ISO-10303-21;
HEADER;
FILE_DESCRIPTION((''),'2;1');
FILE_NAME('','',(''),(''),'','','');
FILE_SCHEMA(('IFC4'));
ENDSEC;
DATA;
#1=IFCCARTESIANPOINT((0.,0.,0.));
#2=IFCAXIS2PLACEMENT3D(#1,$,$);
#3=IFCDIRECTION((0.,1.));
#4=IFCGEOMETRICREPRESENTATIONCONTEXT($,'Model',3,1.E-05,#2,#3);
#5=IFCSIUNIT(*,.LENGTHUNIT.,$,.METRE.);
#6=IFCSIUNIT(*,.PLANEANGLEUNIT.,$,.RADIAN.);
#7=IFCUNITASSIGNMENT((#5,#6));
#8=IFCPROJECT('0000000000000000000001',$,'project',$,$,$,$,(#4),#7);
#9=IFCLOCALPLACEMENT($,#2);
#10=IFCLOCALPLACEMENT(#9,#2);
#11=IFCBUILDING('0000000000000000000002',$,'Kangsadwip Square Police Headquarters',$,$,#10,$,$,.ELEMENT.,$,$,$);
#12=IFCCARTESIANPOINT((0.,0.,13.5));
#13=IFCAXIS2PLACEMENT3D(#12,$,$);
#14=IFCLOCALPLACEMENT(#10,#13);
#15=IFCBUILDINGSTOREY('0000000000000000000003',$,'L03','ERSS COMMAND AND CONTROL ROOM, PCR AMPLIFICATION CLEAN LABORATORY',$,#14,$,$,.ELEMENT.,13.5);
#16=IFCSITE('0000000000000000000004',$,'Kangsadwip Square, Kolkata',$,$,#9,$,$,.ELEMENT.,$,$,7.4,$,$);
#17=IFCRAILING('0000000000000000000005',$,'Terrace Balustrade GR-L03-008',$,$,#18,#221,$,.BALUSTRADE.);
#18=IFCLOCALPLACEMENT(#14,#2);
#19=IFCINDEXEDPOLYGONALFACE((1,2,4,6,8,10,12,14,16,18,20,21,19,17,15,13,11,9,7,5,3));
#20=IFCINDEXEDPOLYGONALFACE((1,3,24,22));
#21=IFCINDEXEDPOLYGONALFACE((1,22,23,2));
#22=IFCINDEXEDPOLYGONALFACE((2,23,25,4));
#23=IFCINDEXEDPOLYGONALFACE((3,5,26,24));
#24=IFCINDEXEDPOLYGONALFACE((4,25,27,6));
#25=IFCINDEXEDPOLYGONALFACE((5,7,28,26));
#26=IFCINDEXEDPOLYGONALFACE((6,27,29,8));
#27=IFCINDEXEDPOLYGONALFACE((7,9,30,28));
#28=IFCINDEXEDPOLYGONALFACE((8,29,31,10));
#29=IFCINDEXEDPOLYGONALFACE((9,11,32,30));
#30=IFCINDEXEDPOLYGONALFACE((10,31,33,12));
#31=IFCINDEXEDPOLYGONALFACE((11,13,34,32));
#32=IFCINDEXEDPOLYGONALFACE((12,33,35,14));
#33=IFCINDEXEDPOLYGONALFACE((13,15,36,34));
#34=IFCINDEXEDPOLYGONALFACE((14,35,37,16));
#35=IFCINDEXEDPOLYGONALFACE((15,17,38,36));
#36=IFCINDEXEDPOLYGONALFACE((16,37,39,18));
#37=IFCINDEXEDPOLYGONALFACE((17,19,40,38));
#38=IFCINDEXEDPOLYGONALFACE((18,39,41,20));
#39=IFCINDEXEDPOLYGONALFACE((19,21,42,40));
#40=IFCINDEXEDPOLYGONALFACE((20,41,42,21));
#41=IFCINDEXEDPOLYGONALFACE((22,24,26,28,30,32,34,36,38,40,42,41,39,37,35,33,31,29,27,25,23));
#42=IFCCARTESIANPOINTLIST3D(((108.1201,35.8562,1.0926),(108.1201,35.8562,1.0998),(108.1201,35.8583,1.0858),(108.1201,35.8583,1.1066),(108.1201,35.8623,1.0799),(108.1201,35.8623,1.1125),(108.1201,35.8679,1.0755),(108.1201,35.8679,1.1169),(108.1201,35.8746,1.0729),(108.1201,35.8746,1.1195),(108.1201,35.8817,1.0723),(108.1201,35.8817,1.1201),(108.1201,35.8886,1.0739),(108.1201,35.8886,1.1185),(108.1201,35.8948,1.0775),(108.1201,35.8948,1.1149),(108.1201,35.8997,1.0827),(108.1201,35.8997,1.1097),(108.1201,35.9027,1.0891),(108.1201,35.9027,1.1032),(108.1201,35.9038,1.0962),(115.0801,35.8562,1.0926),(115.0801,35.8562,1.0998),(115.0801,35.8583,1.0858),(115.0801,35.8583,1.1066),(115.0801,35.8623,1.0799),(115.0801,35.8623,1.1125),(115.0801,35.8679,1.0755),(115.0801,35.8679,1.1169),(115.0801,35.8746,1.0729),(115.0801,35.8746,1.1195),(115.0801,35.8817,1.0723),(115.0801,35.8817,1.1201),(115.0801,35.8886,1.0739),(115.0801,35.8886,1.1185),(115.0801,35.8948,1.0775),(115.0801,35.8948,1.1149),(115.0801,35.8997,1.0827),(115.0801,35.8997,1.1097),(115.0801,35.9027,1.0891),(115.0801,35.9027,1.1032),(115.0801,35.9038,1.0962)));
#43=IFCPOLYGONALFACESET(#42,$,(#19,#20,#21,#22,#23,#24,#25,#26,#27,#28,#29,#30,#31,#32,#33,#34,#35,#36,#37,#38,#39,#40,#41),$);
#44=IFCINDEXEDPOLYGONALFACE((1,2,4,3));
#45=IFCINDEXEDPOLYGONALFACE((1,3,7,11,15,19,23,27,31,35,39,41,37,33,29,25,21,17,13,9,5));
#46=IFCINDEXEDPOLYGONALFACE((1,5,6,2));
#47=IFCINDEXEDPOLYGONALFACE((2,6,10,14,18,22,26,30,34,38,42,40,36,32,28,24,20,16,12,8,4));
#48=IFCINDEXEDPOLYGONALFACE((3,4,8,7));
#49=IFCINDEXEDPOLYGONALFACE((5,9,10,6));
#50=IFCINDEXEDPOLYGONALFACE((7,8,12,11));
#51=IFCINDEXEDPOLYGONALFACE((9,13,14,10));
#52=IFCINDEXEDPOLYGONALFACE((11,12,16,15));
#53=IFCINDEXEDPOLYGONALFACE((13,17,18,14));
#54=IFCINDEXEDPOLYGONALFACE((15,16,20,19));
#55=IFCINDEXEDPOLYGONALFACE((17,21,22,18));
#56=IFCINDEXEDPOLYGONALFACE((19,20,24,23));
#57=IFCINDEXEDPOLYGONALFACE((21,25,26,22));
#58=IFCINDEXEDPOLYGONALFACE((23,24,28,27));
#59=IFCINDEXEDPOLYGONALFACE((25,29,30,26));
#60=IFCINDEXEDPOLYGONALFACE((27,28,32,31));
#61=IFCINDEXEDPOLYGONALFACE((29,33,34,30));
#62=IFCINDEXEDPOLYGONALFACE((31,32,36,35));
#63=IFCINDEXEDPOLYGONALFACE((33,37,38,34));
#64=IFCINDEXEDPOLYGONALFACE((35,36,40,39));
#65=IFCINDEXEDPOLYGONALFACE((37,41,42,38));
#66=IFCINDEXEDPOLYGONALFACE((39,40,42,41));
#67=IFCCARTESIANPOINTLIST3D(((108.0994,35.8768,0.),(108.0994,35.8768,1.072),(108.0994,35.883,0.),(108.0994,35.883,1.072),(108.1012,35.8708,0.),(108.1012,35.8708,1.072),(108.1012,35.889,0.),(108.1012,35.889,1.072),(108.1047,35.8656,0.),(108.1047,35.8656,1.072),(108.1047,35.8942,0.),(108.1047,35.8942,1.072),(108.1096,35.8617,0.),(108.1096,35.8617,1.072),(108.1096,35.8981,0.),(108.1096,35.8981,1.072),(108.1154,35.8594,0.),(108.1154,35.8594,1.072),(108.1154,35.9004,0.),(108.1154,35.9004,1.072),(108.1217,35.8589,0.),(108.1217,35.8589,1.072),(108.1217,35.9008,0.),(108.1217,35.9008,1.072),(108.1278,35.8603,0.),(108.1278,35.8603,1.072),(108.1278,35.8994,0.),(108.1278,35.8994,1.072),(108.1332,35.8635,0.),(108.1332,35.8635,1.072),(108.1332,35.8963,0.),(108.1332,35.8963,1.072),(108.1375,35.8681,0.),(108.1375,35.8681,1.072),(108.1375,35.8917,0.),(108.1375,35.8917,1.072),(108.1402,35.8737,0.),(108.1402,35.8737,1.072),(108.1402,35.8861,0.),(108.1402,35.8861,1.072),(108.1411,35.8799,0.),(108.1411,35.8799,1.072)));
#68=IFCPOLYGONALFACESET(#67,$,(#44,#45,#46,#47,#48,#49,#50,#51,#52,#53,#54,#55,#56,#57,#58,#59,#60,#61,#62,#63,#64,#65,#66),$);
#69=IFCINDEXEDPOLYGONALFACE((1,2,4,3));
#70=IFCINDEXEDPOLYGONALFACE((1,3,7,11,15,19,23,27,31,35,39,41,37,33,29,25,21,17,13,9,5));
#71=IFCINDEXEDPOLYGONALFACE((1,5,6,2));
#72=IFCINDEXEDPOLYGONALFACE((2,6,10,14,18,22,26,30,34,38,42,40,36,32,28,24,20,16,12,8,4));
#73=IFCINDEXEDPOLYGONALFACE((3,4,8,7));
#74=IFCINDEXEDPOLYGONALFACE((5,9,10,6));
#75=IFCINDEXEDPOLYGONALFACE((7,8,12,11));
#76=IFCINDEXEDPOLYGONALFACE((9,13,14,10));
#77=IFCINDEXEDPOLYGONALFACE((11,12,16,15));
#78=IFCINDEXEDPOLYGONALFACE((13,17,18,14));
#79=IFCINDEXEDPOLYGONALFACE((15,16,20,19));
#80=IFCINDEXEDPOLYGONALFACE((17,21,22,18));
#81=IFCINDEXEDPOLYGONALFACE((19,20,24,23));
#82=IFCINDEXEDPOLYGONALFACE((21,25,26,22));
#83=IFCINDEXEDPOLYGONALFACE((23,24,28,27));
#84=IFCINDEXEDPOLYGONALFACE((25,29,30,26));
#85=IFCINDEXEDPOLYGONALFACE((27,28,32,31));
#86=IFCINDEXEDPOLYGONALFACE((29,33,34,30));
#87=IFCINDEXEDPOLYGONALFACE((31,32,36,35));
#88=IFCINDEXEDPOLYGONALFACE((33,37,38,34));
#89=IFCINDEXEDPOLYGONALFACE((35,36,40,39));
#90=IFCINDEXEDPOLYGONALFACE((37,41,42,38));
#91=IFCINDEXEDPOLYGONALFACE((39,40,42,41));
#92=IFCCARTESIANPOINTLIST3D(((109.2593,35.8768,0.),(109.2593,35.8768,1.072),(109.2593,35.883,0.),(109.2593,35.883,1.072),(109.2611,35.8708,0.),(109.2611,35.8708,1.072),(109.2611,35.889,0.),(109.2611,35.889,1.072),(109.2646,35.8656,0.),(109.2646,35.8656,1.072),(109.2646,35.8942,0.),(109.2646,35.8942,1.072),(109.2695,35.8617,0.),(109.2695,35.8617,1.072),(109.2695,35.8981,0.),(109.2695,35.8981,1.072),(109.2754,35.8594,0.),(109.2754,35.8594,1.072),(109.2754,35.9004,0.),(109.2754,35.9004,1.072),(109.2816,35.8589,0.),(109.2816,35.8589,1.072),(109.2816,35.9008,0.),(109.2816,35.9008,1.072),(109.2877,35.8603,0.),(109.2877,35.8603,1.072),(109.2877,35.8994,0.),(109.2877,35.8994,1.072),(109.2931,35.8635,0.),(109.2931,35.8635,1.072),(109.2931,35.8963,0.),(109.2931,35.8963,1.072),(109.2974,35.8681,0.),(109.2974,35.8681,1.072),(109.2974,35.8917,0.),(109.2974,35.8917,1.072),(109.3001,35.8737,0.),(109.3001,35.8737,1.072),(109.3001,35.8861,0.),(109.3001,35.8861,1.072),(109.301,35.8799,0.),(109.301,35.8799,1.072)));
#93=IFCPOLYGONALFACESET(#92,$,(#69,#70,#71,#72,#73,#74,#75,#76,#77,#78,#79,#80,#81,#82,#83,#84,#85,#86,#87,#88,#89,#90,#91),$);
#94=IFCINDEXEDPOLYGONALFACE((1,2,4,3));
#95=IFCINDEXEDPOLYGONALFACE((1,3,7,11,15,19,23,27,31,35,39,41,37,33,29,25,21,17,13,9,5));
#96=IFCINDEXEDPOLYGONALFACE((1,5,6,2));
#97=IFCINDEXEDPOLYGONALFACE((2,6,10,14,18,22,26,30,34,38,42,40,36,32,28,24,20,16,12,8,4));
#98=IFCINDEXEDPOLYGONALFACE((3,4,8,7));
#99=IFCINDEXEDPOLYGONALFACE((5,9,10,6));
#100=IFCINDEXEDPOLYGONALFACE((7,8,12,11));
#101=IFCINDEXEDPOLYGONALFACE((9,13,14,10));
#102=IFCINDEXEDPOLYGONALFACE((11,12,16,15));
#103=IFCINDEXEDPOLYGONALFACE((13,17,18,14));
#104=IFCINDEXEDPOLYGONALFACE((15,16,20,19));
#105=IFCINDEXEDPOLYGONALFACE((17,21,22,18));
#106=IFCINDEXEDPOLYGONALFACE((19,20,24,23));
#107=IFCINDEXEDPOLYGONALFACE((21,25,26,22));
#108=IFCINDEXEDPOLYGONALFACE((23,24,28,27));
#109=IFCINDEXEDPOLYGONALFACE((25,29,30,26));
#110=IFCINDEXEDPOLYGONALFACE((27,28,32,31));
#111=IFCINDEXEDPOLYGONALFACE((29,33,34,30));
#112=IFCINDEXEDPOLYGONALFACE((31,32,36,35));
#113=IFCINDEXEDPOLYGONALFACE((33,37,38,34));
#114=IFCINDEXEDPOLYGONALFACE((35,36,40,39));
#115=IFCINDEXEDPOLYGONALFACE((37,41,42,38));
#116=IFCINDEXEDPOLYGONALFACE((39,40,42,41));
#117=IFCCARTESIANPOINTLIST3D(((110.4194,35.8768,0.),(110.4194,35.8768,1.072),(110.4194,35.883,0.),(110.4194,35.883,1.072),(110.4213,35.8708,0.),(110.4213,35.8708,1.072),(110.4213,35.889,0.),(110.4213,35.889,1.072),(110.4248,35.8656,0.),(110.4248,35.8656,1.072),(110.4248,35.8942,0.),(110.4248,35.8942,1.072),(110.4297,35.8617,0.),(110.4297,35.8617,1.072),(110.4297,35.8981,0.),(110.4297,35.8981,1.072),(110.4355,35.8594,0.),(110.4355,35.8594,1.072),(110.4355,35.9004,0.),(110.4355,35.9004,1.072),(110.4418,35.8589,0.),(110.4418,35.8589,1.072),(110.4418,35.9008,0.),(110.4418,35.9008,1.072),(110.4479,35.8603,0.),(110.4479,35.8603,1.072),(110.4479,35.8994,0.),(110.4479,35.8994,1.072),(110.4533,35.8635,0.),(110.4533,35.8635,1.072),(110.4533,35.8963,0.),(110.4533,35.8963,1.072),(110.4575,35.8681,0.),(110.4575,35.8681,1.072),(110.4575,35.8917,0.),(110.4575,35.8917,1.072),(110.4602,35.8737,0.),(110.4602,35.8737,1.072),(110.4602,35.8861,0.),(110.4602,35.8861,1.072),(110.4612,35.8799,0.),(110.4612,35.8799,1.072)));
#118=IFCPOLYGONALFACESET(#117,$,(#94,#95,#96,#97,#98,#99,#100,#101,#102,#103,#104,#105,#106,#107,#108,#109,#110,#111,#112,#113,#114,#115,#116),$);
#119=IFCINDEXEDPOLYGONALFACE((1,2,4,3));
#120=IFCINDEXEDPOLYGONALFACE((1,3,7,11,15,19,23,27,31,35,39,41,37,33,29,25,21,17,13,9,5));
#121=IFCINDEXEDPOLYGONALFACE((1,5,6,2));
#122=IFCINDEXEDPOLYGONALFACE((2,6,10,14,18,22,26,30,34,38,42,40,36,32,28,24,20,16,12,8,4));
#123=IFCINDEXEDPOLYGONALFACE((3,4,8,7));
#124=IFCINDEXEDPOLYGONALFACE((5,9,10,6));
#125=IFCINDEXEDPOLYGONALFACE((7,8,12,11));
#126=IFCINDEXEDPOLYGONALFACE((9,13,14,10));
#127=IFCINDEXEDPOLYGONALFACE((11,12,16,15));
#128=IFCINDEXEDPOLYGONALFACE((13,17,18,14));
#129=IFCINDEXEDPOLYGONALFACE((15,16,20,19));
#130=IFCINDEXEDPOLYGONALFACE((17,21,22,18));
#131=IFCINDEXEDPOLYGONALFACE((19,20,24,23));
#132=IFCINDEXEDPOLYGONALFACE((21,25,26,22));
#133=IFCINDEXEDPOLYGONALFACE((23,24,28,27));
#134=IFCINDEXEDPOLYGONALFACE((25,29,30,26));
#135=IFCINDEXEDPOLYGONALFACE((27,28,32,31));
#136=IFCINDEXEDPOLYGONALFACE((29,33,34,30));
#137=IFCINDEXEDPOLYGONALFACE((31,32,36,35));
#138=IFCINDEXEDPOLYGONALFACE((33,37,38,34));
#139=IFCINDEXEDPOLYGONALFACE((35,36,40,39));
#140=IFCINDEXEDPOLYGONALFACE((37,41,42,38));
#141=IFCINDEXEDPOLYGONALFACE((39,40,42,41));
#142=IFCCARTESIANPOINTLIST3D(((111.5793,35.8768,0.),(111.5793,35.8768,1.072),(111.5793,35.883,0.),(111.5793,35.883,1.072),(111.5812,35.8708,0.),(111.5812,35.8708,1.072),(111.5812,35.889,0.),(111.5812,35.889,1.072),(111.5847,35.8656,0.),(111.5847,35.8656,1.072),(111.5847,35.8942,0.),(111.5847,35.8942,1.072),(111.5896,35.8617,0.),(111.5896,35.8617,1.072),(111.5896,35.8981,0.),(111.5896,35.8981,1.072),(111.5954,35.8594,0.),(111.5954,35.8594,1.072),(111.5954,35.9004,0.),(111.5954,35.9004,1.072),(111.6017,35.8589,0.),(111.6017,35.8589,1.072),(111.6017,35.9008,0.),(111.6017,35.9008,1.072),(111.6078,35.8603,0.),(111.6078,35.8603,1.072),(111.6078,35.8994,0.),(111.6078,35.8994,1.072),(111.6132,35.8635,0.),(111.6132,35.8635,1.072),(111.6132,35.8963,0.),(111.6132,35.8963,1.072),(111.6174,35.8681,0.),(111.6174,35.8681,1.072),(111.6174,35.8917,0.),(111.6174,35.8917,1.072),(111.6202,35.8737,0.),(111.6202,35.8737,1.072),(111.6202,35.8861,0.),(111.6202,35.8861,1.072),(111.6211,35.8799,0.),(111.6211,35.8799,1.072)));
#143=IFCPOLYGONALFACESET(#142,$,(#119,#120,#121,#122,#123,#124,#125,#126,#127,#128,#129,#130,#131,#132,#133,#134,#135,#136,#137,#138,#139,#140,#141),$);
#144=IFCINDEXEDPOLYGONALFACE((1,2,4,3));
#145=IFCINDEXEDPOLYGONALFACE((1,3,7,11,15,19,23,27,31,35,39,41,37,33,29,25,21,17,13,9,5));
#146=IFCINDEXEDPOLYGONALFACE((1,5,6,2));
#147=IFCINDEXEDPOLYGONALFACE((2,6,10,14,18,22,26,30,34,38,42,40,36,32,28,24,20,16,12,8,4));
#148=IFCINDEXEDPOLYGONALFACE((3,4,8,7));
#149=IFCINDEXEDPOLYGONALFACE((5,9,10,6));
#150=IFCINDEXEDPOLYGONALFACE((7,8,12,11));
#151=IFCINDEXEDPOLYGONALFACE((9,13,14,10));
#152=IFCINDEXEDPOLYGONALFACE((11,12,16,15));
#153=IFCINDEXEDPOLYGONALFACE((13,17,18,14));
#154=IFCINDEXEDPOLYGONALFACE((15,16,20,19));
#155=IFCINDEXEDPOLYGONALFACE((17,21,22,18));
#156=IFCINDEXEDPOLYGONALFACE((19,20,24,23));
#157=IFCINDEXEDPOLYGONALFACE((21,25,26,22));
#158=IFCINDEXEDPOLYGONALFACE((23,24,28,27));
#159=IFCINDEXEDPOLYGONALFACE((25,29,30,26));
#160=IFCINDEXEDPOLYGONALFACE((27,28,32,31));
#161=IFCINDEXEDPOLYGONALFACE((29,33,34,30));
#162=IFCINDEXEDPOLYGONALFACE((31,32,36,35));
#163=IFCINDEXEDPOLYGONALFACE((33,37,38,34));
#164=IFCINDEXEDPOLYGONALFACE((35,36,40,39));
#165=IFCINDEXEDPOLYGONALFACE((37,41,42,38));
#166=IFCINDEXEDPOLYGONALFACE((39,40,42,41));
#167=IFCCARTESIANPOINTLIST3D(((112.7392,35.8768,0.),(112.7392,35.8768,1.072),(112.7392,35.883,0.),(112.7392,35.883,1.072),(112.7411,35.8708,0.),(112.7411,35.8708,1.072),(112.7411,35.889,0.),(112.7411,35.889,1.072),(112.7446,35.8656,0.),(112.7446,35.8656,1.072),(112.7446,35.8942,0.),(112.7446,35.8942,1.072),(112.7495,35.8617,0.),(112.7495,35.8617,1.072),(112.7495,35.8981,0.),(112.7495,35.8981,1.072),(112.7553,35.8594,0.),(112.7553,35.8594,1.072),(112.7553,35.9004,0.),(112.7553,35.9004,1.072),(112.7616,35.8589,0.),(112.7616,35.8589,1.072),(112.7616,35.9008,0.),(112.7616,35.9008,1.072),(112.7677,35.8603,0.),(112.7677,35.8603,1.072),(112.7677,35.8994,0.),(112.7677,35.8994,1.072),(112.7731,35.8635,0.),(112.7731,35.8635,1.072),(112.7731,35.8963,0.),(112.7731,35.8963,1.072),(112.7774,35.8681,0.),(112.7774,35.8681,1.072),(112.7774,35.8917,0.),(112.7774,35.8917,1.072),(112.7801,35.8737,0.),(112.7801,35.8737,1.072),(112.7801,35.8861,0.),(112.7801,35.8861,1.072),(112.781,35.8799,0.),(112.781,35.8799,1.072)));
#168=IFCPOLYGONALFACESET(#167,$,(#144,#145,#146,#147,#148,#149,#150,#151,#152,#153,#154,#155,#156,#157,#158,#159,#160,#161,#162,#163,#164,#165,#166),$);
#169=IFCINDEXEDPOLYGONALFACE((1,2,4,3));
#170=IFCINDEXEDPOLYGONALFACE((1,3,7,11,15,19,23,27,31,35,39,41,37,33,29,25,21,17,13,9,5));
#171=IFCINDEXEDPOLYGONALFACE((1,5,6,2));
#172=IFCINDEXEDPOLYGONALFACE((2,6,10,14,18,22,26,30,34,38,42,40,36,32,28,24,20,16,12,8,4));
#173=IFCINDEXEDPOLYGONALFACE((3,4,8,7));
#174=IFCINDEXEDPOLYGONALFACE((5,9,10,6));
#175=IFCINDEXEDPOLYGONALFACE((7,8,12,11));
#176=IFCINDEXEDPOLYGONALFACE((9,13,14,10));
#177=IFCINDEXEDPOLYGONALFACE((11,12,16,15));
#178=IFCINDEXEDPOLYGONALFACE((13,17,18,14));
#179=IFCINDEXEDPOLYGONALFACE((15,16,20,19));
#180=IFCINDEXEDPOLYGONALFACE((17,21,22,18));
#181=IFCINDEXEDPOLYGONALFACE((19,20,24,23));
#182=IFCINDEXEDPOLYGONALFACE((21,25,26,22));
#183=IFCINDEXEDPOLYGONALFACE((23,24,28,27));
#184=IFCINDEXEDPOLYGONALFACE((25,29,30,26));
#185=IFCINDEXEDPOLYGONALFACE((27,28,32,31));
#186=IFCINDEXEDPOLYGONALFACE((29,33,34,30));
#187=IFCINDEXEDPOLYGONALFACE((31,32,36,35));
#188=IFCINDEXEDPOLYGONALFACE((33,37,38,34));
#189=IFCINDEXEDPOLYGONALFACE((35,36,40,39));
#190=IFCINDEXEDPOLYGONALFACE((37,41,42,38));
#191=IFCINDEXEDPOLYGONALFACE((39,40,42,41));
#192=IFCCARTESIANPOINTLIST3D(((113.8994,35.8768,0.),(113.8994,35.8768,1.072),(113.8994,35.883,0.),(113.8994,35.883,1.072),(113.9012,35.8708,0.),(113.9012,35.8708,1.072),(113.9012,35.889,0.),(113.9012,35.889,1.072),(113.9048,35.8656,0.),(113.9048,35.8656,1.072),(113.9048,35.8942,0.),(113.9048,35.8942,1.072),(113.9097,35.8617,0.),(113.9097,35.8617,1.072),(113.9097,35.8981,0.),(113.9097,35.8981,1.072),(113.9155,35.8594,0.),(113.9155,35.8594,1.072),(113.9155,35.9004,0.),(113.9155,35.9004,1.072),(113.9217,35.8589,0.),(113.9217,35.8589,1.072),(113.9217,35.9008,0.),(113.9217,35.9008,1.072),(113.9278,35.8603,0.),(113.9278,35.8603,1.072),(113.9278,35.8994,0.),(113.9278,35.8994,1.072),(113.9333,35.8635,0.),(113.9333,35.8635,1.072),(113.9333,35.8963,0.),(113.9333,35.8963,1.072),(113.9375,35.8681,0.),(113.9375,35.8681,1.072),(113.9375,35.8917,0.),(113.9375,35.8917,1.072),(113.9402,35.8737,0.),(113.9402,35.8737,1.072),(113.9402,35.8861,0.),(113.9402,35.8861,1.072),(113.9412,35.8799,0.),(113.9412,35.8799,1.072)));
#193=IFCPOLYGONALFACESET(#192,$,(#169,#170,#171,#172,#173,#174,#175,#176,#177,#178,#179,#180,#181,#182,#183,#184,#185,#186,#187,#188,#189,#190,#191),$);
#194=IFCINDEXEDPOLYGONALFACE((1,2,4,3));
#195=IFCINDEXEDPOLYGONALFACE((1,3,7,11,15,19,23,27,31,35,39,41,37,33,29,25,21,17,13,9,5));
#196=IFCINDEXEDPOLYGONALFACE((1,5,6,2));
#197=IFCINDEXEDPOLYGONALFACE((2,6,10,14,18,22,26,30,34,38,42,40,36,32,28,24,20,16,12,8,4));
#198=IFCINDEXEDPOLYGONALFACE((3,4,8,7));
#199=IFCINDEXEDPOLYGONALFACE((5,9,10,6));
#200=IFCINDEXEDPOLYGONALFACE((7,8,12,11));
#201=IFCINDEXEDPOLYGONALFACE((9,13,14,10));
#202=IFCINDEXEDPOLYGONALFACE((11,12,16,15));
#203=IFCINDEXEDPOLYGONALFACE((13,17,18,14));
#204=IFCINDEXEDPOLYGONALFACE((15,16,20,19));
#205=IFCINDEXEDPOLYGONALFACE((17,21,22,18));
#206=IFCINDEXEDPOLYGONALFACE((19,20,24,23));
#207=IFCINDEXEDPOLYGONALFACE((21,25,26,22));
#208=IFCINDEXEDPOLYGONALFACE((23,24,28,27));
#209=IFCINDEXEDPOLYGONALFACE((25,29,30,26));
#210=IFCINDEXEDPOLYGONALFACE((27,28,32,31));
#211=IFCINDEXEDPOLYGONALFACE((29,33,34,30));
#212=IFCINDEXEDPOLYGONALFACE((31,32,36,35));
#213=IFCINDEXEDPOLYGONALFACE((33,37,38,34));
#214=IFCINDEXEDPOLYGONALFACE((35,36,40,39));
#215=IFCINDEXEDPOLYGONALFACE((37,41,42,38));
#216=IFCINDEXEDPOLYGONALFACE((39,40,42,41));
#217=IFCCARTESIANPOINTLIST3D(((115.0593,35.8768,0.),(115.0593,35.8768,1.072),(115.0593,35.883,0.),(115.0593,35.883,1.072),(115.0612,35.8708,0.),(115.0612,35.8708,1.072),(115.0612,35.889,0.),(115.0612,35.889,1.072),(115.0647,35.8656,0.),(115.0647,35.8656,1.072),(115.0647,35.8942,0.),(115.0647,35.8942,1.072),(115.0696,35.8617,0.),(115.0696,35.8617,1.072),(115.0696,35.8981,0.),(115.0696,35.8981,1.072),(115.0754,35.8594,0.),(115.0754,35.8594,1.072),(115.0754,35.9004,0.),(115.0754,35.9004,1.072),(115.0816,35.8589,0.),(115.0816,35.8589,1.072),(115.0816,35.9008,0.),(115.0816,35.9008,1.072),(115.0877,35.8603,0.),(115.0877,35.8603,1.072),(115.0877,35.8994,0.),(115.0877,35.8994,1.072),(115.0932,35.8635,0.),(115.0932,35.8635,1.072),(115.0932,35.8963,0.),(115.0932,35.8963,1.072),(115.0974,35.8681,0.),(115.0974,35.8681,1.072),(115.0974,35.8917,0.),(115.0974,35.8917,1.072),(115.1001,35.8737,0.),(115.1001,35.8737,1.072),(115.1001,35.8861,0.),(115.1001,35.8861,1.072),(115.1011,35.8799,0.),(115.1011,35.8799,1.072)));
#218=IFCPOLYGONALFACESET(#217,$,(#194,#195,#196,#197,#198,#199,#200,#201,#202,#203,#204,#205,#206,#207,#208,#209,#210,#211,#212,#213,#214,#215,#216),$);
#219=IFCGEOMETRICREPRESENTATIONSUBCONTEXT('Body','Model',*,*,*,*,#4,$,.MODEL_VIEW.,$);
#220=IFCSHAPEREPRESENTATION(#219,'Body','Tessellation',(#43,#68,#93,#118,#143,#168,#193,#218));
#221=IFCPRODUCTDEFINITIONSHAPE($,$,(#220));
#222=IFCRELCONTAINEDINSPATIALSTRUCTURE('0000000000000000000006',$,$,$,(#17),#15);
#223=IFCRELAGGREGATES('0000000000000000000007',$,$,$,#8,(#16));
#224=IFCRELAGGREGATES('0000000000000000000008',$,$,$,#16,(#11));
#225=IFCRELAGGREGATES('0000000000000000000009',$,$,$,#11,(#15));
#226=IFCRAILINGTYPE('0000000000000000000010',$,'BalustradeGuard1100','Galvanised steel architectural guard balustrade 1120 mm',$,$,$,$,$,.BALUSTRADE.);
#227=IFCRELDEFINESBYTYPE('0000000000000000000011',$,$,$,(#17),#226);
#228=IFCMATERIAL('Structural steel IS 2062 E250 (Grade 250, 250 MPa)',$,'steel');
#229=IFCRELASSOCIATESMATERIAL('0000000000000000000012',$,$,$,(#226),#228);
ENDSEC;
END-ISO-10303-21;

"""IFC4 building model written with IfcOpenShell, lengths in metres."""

from ifc_helpers import new_model, si_unit, direction, frame, origin, origin_2d, place, context, subcontext, project, spatial, circle, extrude, material, type_object, element, save


model = new_model("IFC4")

# Units and contexts
model_context = context("Model", 3, precision=1e-05, world=origin(), true_north=direction((0.0, 1.0)))
body_context = subcontext(model_context, "Body", "Model", "MODEL_VIEW")
ifc_project = project(units=[si_unit("LENGTHUNIT", "METRE"), si_unit("PLANEANGLEUNIT", "RADIAN")], contexts=[model_context])

# Site, building, storey
site_placement = place(None, origin())
site = spatial("IfcSite", under=ifc_project, at=site_placement, Name="Kangsadwip Square, Kolkata", CompositionType="ELEMENT", RefElevation=7.4)
building_placement = place(site_placement, origin())
building = spatial("IfcBuilding", under=site, at=building_placement, Name="Kangsadwip Square Police Headquarters", CompositionType="ELEMENT")
storey_placement = place(building_placement, frame((0.0, 0.0, 13.5)))
storey = spatial("IfcBuildingStorey", under=building, at=storey_placement, Name="L03", Description="ERSS COMMAND AND CONTROL ROOM, PCR AMPLIFICATION CLEAN LABORATORY", CompositionType="ELEMENT", Elevation=13.5)

# Railing
ifc_material_1 = material(Name="Structural steel IS 2062 E250 (Grade 250, 250 MPa)", Category="steel")
railing_type = type_object("IfcRailingType", Name="BalustradeGuard1100", Description="Galvanised steel architectural guard balustrade 1120 mm", PredefinedType="BALUSTRADE", material=ifc_material_1)
for number, where, name in (
    (1, (108.1201, 35.8799, 0.0), "Terrace Balustrade GR-L03-008"),
):
    element("IfcRailing", number, at=place(storey_placement, frame(where)), inside=storey, type_object=railing_type, Name=name, PredefinedType="BALUSTRADE", context=body_context, shape_type="SweptSolid", body=[
        extrude(circle(Radius=0.0239, at=origin_2d()), frame((0.0, 0.0, 1.0962), z_axis=(1.0, 0.0, 0.0), x_axis=(0.0, 1.0, 0.0)), (0.0, 0.0, 1.0), 6.96),
        extrude(circle(Radius=0.021, at=origin_2d()), origin(), (0.0, 0.0, 1.0), 1.072),
        extrude(circle(Radius=0.021, at=origin_2d()), frame((1.1599, 0.0, 0.0)), (0.0, 0.0, 1.0), 1.072),
        extrude(circle(Radius=0.021, at=origin_2d()), frame((2.3201, 0.0, 0.0)), (0.0, 0.0, 1.0), 1.072),
        extrude(circle(Radius=0.021, at=origin_2d()), frame((3.48, 0.0, 0.0)), (0.0, 0.0, 1.0), 1.072),
        extrude(circle(Radius=0.021, at=origin_2d()), frame((4.6399, 0.0, 0.0)), (0.0, 0.0, 1.0), 1.072),
        extrude(circle(Radius=0.021, at=origin_2d()), frame((5.8, 0.0, 0.0)), (0.0, 0.0, 1.0), 1.072),
        extrude(circle(Radius=0.021, at=origin_2d()), frame((6.96, 0.0, 0.0)), (0.0, 0.0, 1.0), 1.072),
    ])

save(model, "model.ifc")
